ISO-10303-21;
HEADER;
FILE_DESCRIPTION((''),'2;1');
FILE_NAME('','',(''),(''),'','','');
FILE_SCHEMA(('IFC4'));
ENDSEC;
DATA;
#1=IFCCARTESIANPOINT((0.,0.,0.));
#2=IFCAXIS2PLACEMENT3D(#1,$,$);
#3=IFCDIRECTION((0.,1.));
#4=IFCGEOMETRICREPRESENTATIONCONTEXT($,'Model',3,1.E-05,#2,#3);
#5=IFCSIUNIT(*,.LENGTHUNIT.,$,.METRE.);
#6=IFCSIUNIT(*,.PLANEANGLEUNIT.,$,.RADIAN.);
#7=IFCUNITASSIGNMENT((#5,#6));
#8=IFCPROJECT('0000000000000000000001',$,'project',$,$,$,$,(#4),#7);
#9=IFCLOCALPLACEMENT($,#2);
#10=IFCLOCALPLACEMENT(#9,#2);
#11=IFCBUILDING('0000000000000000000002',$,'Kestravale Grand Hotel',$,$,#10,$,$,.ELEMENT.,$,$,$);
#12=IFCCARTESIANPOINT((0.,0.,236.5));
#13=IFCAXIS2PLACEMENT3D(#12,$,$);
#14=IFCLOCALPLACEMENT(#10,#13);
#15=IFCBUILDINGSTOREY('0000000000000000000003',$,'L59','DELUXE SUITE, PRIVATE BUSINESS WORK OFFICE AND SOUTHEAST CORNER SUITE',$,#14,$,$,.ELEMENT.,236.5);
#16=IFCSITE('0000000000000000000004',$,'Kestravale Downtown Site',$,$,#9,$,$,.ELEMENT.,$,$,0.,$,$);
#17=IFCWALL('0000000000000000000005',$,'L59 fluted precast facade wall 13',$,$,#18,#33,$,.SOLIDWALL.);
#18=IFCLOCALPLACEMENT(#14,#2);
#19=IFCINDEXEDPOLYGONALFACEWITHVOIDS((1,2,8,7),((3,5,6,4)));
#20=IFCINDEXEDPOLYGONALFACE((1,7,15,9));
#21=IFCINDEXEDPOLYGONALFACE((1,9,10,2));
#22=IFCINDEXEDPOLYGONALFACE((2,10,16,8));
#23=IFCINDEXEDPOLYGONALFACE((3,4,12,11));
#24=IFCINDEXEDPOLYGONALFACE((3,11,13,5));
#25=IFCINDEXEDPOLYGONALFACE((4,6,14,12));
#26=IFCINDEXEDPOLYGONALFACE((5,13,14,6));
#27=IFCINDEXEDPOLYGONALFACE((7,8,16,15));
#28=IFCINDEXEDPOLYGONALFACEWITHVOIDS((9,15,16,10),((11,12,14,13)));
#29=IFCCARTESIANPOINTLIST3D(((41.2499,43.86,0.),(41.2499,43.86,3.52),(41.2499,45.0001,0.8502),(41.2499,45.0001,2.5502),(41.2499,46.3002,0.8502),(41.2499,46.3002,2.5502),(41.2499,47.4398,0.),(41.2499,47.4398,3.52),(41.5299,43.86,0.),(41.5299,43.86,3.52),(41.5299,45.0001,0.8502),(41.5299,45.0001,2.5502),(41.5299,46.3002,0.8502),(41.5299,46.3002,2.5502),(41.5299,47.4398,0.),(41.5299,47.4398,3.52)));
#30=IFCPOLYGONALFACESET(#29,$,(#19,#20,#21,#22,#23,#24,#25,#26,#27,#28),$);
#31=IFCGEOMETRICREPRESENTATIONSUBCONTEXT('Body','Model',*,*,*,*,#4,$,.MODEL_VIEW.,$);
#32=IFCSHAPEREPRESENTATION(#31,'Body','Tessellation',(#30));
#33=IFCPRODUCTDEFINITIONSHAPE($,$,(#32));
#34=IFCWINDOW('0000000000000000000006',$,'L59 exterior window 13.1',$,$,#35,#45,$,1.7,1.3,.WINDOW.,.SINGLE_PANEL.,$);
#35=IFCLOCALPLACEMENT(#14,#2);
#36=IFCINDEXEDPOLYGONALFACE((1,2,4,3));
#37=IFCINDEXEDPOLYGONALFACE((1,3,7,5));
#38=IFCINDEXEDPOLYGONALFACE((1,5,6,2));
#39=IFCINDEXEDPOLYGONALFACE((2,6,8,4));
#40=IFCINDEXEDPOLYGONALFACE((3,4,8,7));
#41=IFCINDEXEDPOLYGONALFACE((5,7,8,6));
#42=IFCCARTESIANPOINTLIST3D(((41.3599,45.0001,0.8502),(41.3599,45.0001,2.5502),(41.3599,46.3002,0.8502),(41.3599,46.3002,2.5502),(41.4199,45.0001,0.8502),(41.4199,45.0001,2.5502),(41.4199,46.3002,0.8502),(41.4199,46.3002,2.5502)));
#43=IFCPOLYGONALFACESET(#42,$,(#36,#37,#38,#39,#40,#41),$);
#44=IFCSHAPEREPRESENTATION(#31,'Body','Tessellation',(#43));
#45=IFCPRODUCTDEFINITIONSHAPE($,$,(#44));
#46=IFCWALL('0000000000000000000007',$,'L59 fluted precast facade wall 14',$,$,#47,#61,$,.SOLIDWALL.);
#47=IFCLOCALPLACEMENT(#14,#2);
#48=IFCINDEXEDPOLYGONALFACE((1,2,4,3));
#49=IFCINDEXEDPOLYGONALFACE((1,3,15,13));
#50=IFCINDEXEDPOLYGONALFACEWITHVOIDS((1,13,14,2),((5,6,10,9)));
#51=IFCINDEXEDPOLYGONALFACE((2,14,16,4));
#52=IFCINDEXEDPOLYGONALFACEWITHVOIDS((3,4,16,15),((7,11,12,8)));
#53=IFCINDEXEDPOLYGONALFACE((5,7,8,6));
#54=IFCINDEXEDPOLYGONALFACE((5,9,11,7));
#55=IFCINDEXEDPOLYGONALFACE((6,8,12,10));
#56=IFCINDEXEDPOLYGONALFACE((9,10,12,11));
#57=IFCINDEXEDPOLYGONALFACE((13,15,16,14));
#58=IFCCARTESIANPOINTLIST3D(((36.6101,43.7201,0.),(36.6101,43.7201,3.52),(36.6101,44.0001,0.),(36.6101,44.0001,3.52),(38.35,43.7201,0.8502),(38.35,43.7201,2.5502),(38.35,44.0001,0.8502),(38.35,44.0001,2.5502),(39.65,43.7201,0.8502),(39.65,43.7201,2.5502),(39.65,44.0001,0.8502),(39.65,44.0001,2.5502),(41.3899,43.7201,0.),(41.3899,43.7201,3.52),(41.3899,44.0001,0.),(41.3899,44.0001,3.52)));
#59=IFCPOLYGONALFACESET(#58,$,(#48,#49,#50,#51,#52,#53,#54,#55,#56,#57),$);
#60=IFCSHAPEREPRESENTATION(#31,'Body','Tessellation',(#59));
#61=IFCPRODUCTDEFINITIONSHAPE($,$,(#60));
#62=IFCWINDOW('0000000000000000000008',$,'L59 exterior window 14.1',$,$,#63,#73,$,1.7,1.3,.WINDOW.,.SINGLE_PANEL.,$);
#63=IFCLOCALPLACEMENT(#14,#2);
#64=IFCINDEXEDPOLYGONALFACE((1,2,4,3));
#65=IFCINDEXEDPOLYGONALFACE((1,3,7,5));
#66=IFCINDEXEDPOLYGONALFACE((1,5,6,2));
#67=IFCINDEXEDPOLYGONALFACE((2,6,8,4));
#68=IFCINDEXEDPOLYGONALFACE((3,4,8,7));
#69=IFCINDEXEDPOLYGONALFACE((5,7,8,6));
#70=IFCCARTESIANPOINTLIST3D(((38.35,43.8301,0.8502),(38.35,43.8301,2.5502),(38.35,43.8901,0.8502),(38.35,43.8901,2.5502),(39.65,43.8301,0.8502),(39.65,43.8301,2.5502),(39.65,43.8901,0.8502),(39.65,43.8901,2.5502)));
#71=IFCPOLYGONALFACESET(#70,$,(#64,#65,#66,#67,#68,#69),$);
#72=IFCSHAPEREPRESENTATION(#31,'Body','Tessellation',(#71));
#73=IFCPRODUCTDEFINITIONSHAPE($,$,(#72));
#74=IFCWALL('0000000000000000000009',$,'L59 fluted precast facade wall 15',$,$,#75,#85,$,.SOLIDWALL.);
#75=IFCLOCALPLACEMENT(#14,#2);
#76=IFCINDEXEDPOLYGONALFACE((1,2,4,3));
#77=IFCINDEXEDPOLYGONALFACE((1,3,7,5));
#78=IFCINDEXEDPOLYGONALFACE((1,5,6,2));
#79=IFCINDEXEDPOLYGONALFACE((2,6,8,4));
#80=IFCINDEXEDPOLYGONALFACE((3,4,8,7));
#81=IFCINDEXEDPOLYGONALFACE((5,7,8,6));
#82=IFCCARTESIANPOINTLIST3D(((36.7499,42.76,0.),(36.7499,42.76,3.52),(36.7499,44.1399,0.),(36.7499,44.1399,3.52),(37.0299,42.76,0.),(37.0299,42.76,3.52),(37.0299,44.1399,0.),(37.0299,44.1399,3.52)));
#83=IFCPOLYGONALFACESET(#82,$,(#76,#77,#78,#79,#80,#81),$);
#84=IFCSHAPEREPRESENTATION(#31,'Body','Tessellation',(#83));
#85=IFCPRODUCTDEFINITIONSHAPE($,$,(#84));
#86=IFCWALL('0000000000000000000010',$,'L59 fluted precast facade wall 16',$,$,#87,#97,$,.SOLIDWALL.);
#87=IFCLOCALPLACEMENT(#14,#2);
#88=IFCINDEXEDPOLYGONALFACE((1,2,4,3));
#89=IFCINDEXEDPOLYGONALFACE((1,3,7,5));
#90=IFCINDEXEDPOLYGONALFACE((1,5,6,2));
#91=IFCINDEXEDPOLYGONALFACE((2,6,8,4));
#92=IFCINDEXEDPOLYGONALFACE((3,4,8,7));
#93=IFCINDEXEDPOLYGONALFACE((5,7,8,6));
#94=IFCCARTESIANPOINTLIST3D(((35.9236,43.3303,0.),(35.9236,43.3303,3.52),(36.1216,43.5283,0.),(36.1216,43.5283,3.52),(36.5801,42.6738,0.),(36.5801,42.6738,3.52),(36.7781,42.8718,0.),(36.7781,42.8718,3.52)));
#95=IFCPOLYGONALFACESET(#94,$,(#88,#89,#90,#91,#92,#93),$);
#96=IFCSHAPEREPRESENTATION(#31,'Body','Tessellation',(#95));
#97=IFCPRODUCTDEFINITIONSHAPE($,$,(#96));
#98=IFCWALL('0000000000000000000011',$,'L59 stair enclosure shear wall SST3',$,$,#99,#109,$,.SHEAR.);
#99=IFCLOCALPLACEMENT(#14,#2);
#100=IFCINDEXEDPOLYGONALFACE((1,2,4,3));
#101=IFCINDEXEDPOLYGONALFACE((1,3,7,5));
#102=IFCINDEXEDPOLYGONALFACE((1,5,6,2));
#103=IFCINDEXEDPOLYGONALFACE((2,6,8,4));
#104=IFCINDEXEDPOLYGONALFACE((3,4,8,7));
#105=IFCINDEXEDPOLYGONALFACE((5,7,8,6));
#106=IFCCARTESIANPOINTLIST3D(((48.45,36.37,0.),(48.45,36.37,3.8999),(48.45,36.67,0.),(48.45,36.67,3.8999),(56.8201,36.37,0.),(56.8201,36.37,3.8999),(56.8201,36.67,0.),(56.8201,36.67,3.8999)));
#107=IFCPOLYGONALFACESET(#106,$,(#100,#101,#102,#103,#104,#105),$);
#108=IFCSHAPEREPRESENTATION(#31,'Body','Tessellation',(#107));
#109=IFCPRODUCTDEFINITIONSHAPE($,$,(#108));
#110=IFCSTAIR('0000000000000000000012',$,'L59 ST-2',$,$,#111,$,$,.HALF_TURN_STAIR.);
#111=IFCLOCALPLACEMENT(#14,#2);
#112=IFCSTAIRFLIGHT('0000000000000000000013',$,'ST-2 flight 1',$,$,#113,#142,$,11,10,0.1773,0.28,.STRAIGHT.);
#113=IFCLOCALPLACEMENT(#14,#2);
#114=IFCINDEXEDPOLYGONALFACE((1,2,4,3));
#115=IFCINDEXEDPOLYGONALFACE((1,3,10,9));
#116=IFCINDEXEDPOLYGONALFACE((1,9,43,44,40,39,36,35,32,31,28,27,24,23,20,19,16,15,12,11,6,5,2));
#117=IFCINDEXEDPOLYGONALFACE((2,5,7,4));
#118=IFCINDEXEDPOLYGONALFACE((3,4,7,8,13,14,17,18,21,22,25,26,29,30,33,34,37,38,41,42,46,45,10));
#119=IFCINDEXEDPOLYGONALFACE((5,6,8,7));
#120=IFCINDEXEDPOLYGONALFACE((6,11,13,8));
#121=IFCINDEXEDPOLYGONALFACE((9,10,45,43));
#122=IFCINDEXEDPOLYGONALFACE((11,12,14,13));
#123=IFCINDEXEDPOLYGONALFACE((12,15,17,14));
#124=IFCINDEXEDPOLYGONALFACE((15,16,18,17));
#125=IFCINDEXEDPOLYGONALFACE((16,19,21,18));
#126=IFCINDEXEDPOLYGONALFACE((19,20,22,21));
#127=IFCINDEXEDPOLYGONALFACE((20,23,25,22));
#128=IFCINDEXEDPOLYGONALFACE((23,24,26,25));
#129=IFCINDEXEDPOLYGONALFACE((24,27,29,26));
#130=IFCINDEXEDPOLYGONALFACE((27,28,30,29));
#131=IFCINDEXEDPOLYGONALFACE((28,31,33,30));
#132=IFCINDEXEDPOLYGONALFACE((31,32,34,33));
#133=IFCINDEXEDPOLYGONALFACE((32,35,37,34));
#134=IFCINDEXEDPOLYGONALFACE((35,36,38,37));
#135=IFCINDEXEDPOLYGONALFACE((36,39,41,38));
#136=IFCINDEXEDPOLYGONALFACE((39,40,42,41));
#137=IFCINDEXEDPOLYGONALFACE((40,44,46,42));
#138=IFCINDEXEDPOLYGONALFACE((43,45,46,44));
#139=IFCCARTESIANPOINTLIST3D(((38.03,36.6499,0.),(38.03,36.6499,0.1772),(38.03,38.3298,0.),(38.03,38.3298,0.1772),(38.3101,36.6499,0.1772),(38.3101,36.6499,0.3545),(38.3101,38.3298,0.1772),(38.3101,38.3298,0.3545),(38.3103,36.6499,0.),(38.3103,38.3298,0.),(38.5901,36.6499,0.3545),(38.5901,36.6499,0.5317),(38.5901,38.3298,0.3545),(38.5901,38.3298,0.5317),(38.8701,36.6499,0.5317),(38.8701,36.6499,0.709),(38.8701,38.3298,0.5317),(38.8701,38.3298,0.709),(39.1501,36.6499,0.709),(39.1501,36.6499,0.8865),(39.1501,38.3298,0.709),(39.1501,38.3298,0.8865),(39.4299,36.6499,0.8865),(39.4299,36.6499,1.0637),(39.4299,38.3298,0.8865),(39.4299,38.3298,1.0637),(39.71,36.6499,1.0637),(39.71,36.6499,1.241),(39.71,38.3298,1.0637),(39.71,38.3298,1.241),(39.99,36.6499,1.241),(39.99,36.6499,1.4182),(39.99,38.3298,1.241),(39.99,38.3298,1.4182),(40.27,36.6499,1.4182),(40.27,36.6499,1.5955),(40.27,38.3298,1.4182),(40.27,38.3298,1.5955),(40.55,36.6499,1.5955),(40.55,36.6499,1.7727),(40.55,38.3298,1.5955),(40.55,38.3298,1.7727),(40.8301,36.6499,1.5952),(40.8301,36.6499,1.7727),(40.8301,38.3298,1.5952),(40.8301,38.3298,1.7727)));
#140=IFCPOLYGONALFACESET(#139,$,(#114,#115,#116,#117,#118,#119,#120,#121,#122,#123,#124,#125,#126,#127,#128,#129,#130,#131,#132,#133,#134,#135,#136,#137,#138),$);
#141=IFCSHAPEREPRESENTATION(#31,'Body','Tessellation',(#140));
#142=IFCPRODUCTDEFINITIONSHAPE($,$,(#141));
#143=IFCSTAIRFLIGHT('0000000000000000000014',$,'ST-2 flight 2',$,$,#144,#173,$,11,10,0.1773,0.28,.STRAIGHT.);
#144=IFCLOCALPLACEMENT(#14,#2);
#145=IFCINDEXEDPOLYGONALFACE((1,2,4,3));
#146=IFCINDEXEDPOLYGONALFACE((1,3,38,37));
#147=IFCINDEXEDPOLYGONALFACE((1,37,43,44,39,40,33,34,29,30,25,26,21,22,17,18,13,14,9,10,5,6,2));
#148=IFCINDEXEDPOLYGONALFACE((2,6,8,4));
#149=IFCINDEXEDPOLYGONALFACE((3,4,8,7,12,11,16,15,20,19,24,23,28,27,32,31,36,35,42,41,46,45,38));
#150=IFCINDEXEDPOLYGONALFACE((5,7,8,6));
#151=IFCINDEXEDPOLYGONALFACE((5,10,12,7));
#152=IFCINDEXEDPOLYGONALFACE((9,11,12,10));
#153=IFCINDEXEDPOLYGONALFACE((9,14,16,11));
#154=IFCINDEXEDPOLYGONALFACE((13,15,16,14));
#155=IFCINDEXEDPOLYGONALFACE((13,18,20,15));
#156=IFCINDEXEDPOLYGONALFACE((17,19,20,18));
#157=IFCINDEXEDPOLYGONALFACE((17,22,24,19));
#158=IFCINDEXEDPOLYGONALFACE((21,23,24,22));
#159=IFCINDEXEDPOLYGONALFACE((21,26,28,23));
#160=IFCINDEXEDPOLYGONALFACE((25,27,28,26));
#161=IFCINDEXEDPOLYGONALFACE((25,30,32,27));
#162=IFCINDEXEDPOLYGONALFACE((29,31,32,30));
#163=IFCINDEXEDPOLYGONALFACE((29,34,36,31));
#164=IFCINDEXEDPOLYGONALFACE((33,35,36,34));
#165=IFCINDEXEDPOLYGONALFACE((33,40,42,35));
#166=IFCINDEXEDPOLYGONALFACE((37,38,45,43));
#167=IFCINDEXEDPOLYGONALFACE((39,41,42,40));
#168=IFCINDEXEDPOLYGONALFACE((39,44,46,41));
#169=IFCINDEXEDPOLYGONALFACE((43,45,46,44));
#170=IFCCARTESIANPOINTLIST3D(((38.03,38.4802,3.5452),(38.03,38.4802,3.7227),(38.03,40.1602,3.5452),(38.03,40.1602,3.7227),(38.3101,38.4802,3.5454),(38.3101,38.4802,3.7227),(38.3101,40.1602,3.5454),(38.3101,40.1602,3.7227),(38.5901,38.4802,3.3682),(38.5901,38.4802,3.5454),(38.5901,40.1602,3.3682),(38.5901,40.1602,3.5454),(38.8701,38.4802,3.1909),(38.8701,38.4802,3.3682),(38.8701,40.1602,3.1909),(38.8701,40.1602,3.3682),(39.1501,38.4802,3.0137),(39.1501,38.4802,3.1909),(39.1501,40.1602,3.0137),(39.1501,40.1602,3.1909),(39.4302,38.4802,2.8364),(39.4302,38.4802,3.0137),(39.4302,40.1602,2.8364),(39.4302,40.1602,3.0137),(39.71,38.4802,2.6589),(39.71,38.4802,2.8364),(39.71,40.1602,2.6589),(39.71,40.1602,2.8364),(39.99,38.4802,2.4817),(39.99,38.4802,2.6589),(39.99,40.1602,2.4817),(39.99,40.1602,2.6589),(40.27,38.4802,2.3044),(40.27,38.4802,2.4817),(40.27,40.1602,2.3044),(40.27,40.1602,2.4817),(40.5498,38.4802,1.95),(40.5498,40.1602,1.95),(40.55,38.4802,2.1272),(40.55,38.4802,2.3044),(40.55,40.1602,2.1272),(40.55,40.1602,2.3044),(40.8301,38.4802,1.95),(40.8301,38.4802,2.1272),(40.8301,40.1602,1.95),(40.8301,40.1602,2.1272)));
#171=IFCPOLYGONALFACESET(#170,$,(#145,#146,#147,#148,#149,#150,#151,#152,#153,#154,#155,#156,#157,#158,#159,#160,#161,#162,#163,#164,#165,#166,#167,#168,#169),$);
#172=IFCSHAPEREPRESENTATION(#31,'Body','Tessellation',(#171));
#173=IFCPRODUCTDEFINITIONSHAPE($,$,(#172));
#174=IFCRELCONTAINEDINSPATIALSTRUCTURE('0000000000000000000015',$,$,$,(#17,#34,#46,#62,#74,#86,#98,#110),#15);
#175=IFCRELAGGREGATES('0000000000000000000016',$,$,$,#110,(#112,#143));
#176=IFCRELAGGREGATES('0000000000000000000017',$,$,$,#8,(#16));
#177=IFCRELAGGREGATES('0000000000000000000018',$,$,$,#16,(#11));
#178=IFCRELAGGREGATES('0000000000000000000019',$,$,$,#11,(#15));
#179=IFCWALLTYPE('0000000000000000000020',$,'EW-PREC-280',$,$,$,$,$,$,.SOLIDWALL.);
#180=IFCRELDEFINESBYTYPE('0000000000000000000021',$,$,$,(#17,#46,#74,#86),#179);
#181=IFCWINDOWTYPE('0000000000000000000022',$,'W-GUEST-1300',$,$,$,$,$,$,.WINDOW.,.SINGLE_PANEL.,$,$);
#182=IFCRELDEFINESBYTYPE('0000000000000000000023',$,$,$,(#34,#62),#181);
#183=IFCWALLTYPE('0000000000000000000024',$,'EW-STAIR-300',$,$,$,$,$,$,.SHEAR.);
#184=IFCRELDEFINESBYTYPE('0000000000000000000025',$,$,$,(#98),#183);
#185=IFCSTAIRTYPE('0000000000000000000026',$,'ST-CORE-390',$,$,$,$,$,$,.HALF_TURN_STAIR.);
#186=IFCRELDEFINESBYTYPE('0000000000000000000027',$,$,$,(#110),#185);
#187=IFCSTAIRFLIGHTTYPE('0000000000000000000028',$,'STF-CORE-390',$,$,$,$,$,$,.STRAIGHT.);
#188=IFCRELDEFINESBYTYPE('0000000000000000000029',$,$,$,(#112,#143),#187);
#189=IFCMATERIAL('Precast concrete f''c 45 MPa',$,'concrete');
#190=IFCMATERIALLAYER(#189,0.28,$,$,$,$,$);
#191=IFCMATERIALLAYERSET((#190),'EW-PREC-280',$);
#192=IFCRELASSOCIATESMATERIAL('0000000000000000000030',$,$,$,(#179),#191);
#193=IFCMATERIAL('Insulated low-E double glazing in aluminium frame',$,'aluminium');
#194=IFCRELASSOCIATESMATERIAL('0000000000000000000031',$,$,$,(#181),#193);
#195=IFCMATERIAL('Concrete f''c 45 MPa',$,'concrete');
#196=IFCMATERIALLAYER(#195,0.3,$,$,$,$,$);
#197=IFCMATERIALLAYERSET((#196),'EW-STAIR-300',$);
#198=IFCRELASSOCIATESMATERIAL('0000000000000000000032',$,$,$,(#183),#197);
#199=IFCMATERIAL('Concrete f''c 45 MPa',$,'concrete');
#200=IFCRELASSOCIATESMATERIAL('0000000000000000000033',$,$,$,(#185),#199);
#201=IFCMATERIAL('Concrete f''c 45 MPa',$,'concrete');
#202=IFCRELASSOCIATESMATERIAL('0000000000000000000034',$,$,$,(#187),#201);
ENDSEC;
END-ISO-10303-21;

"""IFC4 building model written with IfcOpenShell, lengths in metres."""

from ifc_helpers import new_model, si_unit, direction, frame, frame_2d, origin, place, context, subcontext, project, spatial, polyline, rectangle, outline, extrude, material, layer, layer_set, type_object, element, fill, aggregate, save


model = new_model("IFC4")

# Units and contexts
model_context = context("Model", 3, precision=1e-05, world=origin(), true_north=direction((0.0, 1.0)))
body_context = subcontext(model_context, "Body", "Model", "MODEL_VIEW")
ifc_project = project(units=[si_unit("LENGTHUNIT", "METRE"), si_unit("PLANEANGLEUNIT", "RADIAN")], contexts=[model_context])

# Site, building, storey
site_placement = place(None, origin())
site = spatial("IfcSite", under=ifc_project, at=site_placement, Name="Kestravale Downtown Site", CompositionType="ELEMENT", RefElevation=0.0)
building_placement = place(site_placement, origin())
building = spatial("IfcBuilding", under=site, at=building_placement, Name="Kestravale Grand Hotel", CompositionType="ELEMENT")
storey_placement = place(building_placement, frame((0.0, 0.0, 236.5)))
storey = spatial("IfcBuildingStorey", under=building, at=storey_placement, Name="L59", Description="DELUXE SUITE, PRIVATE BUSINESS WORK OFFICE AND SOUTHEAST CORNER SUITE", CompositionType="ELEMENT", Elevation=236.5)

# Shared definitions
ifc_material_1 = material(Name="Precast concrete f'c 45 MPa", Category="concrete")
ifc_layer_1 = layer(ifc_material_1, 0.28)
ifc_layer_set_1 = layer_set([ifc_layer_1], Name="EW-PREC-280")
wall_type_1 = type_object("IfcWallType", Name="EW-PREC-280", PredefinedType="SOLIDWALL", material=ifc_layer_set_1)

# Walls, openings, windows
wall_1_placement = place(storey_placement, frame((41.3899, 47.4399, 0.0), z_axis=(0.0, 0.0, 1.0), x_axis=(0.0, -1.0, 0.0)))
wall_1 = element("IfcWall", 1, at=wall_1_placement, inside=storey, type_object=wall_type_1, Name="L59 fluted precast facade wall 13", PredefinedType="SOLIDWALL", context=body_context, shape_type="SweptSolid", body=[
    extrude(rectangle(XDim=3.5798, YDim=0.28, at=frame_2d((1.79, 0.0))), origin(), (0.0, 0.0, 1.0), 3.52),
])
opening_1_placement = place(wall_1_placement, frame((1.1399, 0.0, 0.8501)))
opening_1 = element("IfcOpeningElement", 2, at=opening_1_placement, cuts=wall_1, PredefinedType="OPENING", context=body_context, shape_type="SweptSolid", body=[
    extrude(rectangle(XDim=1.3, YDim=1.7, at=frame_2d((0.6499, 0.8501))), frame((0.0, 0.1499, 0.0), z_axis=(0.0, -1.0, 0.0), x_axis=(1.0, 0.0, 0.0)), (0.0, 0.0, 1.0), 0.3),
])
ifc_material_2 = material(Name="Insulated low-E double glazing in aluminium frame", Category="aluminium")
window_type = type_object("IfcWindowType", Name="W-GUEST-1300", PartitioningType="SINGLE_PANEL", PredefinedType="WINDOW", material=ifc_material_2)
window_1_placement = place(opening_1_placement, origin())
window_1 = element("IfcWindow", 3, at=window_1_placement, inside=storey, type_object=window_type, Name="L59 exterior window 13.1", OverallHeight=1.7, OverallWidth=1.3, PartitioningType="SINGLE_PANEL", PredefinedType="WINDOW", context=body_context, shape_type="SweptSolid", body=[
    extrude(rectangle(XDim=1.3, YDim=1.7, at=frame_2d((0.6499, 0.8501))), frame((0.0, 0.03, 0.0), z_axis=(0.0, -1.0, 0.0), x_axis=(1.0, 0.0, 0.0)), (0.0, 0.0, 1.0), 0.0601),
])
fill(opening_1, window_1)
wall_2_placement = place(storey_placement, frame((41.3899, 43.8601, 0.0), z_axis=(0.0, 0.0, 1.0), x_axis=(-1.0, 0.0, 0.0)))
wall_2 = element("IfcWall", 4, at=wall_2_placement, inside=storey, type_object=wall_type_1, Name="L59 fluted precast facade wall 14", PredefinedType="SOLIDWALL", context=body_context, shape_type="SweptSolid", body=[
    extrude(rectangle(XDim=4.7798, YDim=0.28, at=frame_2d((2.3899, 0.0))), origin(), (0.0, 0.0, 1.0), 3.52),
])
opening_2_placement = place(wall_2_placement, frame((1.74, 0.0, 0.8501)))
opening_2 = element("IfcOpeningElement", 5, at=opening_2_placement, cuts=wall_2, PredefinedType="OPENING", context=body_context, shape_type="SweptSolid", body=[
    extrude(rectangle(XDim=1.3, YDim=1.7, at=frame_2d((0.6499, 0.8501))), frame((0.0, 0.1499, 0.0), z_axis=(0.0, -1.0, 0.0), x_axis=(1.0, 0.0, 0.0)), (0.0, 0.0, 1.0), 0.3),
])
window_2_placement = place(opening_2_placement, origin())
window_2 = element("IfcWindow", 6, at=window_2_placement, inside=storey, type_object=window_type, Name="L59 exterior window 14.1", OverallHeight=1.7, OverallWidth=1.3, PartitioningType="SINGLE_PANEL", PredefinedType="WINDOW", context=body_context, shape_type="SweptSolid", body=[
    extrude(rectangle(XDim=1.3, YDim=1.7, at=frame_2d((0.6499, 0.8501))), frame((0.0, 0.03, 0.0), z_axis=(0.0, -1.0, 0.0), x_axis=(1.0, 0.0, 0.0)), (0.0, 0.0, 1.0), 0.0601),
])
fill(opening_2, window_2)

# Walls
wall_3_placement = place(storey_placement, frame((36.8899, 44.1399, 0.0), z_axis=(0.0, 0.0, 1.0), x_axis=(0.0, -1.0, 0.0)))
element("IfcWall", 7, at=wall_3_placement, inside=storey, type_object=wall_type_1, Name="L59 fluted precast facade wall 15", PredefinedType="SOLIDWALL", context=body_context, shape_type="SweptSolid", body=[
    extrude(rectangle(XDim=1.3799, YDim=0.28, at=frame_2d((0.6899, 0.0))), origin(), (0.0, 0.0, 1.0), 3.52),
])
wall_4_placement = place(storey_placement, frame((36.6792, 42.7727, 0.0), z_axis=(0.0, 0.0, 1.0), x_axis=(-0.707107, 0.707107, 0.0)))
element("IfcWall", 8, at=wall_4_placement, inside=storey, type_object=wall_type_1, Name="L59 fluted precast facade wall 16", PredefinedType="SOLIDWALL", context=body_context, shape_type="SweptSolid", body=[
    extrude(rectangle(XDim=0.9285, YDim=0.28, at=frame_2d((0.4644, 0.0))), origin(), (0.0, 0.0, 1.0), 3.52),
])
ifc_material_3 = material(Name="Concrete f'c 45 MPa", Category="concrete")
ifc_layer_2 = layer(ifc_material_3, 0.3)
ifc_layer_set_2 = layer_set([ifc_layer_2], Name="EW-STAIR-300")
wall_type_2 = type_object("IfcWallType", Name="EW-STAIR-300", PredefinedType="SHEAR", material=ifc_layer_set_2)
wall_5_placement = place(storey_placement, frame((48.45, 36.52, 0.0), z_axis=(0.0, 0.0, 1.0), x_axis=(1.0, 0.0, 0.0)))
element("IfcWall", 9, at=wall_5_placement, inside=storey, type_object=wall_type_2, Name="L59 stair enclosure shear wall SST3", PredefinedType="SHEAR", context=body_context, shape_type="SweptSolid", body=[
    extrude(rectangle(XDim=8.3701, YDim=0.3, at=frame_2d((4.1851, 0.0))), origin(), (0.0, 0.0, 1.0), 3.8999),
])

# Stair, stair flights
ifc_material_4 = material(Name="Concrete f'c 45 MPa", Category="concrete")
stair_type = type_object("IfcStairType", Name="ST-CORE-390", PredefinedType="HALF_TURN_STAIR", material=ifc_material_4)
stair_placement = place(storey_placement, origin())
stair = element("IfcStair", 10, at=stair_placement, inside=storey, type_object=stair_type, Name="L59 ST-2", PredefinedType="HALF_TURN_STAIR")
ifc_material_5 = material(Name="Concrete f'c 45 MPa", Category="concrete")
stair_flight_type = type_object("IfcStairFlightType", Name="STF-CORE-390", PredefinedType="STRAIGHT", material=ifc_material_5)
stair_flight_1_placement = place(storey_placement, frame((38.03, 37.49, 0.0), z_axis=(0.0, 0.0, 1.0), x_axis=(1.0, 0.0, 0.0)))
stair_flight_1 = element("IfcStairFlight", 11, at=stair_flight_1_placement, type_object=stair_flight_type, Name="ST-2 flight 1", NumberOfRisers=11, NumberOfTreads=10, PredefinedType="STRAIGHT", RiserHeight=0.1773, TreadLength=0.28, context=body_context, shape_type="SweptSolid", body=[
    extrude(outline(polyline([(0.0, 0.0), (0.0, 0.1772), (0.28, 0.1772), (0.28, 0.3545), (0.5601, 0.3545), (0.5601, 0.5317), (0.8401, 0.5317), (0.8401, 0.709), (1.1201, 0.709), (1.1201, 0.8865), (1.3999, 0.8865), (1.3999, 1.0637), (1.6799, 1.0637), (1.6799, 1.241), (1.96, 1.241), (1.96, 1.4182), (2.24, 1.4182), (2.24, 1.5955), (2.52, 1.5955), (2.52, 1.7727), (2.8, 1.7727), (2.8, 1.95), (2.8, 1.5952), (0.2803, 0.0), (0.0, 0.0)])), frame((0.0, 0.8398, 0.0), z_axis=(0.0, -1.0, 0.0), x_axis=(1.0, 0.0, 0.0)), (0.0, 0.0, 1.0), 1.6799),
])
stair_flight_2_placement = place(storey_placement, frame((40.8301, 39.3201, 1.95), z_axis=(0.0, 0.0, 1.0), x_axis=(-1.0, 0.0, 0.0)))
stair_flight_2 = element("IfcStairFlight", 12, at=stair_flight_2_placement, type_object=stair_flight_type, Name="ST-2 flight 2", NumberOfRisers=11, NumberOfTreads=10, PredefinedType="STRAIGHT", RiserHeight=0.1773, TreadLength=0.28, context=body_context, shape_type="SweptSolid", body=[
    extrude(outline(polyline([(0.0, 0.0), (0.0, 0.1772), (0.28, 0.1772), (0.28, 0.3545), (0.5601, 0.3545), (0.5601, 0.5317), (0.8401, 0.5317), (0.8401, 0.709), (1.1201, 0.709), (1.1201, 0.8865), (1.3999, 0.8865), (1.3999, 1.0637), (1.6799, 1.0637), (1.6799, 1.241), (1.96, 1.241), (1.96, 1.4182), (2.24, 1.4182), (2.24, 1.5955), (2.52, 1.5955), (2.52, 1.7727), (2.8, 1.7727), (2.8, 1.95), (2.8, 1.5952), (0.2803, 0.0), (0.0, 0.0)])), frame((0.0, 0.8398, 0.0), z_axis=(0.0, -1.0, 0.0), x_axis=(1.0, 0.0, 0.0)), (0.0, 0.0, 1.0), 1.6799),
])
aggregate(stair, [stair_flight_1, stair_flight_2])

save(model, "model.ifc")
